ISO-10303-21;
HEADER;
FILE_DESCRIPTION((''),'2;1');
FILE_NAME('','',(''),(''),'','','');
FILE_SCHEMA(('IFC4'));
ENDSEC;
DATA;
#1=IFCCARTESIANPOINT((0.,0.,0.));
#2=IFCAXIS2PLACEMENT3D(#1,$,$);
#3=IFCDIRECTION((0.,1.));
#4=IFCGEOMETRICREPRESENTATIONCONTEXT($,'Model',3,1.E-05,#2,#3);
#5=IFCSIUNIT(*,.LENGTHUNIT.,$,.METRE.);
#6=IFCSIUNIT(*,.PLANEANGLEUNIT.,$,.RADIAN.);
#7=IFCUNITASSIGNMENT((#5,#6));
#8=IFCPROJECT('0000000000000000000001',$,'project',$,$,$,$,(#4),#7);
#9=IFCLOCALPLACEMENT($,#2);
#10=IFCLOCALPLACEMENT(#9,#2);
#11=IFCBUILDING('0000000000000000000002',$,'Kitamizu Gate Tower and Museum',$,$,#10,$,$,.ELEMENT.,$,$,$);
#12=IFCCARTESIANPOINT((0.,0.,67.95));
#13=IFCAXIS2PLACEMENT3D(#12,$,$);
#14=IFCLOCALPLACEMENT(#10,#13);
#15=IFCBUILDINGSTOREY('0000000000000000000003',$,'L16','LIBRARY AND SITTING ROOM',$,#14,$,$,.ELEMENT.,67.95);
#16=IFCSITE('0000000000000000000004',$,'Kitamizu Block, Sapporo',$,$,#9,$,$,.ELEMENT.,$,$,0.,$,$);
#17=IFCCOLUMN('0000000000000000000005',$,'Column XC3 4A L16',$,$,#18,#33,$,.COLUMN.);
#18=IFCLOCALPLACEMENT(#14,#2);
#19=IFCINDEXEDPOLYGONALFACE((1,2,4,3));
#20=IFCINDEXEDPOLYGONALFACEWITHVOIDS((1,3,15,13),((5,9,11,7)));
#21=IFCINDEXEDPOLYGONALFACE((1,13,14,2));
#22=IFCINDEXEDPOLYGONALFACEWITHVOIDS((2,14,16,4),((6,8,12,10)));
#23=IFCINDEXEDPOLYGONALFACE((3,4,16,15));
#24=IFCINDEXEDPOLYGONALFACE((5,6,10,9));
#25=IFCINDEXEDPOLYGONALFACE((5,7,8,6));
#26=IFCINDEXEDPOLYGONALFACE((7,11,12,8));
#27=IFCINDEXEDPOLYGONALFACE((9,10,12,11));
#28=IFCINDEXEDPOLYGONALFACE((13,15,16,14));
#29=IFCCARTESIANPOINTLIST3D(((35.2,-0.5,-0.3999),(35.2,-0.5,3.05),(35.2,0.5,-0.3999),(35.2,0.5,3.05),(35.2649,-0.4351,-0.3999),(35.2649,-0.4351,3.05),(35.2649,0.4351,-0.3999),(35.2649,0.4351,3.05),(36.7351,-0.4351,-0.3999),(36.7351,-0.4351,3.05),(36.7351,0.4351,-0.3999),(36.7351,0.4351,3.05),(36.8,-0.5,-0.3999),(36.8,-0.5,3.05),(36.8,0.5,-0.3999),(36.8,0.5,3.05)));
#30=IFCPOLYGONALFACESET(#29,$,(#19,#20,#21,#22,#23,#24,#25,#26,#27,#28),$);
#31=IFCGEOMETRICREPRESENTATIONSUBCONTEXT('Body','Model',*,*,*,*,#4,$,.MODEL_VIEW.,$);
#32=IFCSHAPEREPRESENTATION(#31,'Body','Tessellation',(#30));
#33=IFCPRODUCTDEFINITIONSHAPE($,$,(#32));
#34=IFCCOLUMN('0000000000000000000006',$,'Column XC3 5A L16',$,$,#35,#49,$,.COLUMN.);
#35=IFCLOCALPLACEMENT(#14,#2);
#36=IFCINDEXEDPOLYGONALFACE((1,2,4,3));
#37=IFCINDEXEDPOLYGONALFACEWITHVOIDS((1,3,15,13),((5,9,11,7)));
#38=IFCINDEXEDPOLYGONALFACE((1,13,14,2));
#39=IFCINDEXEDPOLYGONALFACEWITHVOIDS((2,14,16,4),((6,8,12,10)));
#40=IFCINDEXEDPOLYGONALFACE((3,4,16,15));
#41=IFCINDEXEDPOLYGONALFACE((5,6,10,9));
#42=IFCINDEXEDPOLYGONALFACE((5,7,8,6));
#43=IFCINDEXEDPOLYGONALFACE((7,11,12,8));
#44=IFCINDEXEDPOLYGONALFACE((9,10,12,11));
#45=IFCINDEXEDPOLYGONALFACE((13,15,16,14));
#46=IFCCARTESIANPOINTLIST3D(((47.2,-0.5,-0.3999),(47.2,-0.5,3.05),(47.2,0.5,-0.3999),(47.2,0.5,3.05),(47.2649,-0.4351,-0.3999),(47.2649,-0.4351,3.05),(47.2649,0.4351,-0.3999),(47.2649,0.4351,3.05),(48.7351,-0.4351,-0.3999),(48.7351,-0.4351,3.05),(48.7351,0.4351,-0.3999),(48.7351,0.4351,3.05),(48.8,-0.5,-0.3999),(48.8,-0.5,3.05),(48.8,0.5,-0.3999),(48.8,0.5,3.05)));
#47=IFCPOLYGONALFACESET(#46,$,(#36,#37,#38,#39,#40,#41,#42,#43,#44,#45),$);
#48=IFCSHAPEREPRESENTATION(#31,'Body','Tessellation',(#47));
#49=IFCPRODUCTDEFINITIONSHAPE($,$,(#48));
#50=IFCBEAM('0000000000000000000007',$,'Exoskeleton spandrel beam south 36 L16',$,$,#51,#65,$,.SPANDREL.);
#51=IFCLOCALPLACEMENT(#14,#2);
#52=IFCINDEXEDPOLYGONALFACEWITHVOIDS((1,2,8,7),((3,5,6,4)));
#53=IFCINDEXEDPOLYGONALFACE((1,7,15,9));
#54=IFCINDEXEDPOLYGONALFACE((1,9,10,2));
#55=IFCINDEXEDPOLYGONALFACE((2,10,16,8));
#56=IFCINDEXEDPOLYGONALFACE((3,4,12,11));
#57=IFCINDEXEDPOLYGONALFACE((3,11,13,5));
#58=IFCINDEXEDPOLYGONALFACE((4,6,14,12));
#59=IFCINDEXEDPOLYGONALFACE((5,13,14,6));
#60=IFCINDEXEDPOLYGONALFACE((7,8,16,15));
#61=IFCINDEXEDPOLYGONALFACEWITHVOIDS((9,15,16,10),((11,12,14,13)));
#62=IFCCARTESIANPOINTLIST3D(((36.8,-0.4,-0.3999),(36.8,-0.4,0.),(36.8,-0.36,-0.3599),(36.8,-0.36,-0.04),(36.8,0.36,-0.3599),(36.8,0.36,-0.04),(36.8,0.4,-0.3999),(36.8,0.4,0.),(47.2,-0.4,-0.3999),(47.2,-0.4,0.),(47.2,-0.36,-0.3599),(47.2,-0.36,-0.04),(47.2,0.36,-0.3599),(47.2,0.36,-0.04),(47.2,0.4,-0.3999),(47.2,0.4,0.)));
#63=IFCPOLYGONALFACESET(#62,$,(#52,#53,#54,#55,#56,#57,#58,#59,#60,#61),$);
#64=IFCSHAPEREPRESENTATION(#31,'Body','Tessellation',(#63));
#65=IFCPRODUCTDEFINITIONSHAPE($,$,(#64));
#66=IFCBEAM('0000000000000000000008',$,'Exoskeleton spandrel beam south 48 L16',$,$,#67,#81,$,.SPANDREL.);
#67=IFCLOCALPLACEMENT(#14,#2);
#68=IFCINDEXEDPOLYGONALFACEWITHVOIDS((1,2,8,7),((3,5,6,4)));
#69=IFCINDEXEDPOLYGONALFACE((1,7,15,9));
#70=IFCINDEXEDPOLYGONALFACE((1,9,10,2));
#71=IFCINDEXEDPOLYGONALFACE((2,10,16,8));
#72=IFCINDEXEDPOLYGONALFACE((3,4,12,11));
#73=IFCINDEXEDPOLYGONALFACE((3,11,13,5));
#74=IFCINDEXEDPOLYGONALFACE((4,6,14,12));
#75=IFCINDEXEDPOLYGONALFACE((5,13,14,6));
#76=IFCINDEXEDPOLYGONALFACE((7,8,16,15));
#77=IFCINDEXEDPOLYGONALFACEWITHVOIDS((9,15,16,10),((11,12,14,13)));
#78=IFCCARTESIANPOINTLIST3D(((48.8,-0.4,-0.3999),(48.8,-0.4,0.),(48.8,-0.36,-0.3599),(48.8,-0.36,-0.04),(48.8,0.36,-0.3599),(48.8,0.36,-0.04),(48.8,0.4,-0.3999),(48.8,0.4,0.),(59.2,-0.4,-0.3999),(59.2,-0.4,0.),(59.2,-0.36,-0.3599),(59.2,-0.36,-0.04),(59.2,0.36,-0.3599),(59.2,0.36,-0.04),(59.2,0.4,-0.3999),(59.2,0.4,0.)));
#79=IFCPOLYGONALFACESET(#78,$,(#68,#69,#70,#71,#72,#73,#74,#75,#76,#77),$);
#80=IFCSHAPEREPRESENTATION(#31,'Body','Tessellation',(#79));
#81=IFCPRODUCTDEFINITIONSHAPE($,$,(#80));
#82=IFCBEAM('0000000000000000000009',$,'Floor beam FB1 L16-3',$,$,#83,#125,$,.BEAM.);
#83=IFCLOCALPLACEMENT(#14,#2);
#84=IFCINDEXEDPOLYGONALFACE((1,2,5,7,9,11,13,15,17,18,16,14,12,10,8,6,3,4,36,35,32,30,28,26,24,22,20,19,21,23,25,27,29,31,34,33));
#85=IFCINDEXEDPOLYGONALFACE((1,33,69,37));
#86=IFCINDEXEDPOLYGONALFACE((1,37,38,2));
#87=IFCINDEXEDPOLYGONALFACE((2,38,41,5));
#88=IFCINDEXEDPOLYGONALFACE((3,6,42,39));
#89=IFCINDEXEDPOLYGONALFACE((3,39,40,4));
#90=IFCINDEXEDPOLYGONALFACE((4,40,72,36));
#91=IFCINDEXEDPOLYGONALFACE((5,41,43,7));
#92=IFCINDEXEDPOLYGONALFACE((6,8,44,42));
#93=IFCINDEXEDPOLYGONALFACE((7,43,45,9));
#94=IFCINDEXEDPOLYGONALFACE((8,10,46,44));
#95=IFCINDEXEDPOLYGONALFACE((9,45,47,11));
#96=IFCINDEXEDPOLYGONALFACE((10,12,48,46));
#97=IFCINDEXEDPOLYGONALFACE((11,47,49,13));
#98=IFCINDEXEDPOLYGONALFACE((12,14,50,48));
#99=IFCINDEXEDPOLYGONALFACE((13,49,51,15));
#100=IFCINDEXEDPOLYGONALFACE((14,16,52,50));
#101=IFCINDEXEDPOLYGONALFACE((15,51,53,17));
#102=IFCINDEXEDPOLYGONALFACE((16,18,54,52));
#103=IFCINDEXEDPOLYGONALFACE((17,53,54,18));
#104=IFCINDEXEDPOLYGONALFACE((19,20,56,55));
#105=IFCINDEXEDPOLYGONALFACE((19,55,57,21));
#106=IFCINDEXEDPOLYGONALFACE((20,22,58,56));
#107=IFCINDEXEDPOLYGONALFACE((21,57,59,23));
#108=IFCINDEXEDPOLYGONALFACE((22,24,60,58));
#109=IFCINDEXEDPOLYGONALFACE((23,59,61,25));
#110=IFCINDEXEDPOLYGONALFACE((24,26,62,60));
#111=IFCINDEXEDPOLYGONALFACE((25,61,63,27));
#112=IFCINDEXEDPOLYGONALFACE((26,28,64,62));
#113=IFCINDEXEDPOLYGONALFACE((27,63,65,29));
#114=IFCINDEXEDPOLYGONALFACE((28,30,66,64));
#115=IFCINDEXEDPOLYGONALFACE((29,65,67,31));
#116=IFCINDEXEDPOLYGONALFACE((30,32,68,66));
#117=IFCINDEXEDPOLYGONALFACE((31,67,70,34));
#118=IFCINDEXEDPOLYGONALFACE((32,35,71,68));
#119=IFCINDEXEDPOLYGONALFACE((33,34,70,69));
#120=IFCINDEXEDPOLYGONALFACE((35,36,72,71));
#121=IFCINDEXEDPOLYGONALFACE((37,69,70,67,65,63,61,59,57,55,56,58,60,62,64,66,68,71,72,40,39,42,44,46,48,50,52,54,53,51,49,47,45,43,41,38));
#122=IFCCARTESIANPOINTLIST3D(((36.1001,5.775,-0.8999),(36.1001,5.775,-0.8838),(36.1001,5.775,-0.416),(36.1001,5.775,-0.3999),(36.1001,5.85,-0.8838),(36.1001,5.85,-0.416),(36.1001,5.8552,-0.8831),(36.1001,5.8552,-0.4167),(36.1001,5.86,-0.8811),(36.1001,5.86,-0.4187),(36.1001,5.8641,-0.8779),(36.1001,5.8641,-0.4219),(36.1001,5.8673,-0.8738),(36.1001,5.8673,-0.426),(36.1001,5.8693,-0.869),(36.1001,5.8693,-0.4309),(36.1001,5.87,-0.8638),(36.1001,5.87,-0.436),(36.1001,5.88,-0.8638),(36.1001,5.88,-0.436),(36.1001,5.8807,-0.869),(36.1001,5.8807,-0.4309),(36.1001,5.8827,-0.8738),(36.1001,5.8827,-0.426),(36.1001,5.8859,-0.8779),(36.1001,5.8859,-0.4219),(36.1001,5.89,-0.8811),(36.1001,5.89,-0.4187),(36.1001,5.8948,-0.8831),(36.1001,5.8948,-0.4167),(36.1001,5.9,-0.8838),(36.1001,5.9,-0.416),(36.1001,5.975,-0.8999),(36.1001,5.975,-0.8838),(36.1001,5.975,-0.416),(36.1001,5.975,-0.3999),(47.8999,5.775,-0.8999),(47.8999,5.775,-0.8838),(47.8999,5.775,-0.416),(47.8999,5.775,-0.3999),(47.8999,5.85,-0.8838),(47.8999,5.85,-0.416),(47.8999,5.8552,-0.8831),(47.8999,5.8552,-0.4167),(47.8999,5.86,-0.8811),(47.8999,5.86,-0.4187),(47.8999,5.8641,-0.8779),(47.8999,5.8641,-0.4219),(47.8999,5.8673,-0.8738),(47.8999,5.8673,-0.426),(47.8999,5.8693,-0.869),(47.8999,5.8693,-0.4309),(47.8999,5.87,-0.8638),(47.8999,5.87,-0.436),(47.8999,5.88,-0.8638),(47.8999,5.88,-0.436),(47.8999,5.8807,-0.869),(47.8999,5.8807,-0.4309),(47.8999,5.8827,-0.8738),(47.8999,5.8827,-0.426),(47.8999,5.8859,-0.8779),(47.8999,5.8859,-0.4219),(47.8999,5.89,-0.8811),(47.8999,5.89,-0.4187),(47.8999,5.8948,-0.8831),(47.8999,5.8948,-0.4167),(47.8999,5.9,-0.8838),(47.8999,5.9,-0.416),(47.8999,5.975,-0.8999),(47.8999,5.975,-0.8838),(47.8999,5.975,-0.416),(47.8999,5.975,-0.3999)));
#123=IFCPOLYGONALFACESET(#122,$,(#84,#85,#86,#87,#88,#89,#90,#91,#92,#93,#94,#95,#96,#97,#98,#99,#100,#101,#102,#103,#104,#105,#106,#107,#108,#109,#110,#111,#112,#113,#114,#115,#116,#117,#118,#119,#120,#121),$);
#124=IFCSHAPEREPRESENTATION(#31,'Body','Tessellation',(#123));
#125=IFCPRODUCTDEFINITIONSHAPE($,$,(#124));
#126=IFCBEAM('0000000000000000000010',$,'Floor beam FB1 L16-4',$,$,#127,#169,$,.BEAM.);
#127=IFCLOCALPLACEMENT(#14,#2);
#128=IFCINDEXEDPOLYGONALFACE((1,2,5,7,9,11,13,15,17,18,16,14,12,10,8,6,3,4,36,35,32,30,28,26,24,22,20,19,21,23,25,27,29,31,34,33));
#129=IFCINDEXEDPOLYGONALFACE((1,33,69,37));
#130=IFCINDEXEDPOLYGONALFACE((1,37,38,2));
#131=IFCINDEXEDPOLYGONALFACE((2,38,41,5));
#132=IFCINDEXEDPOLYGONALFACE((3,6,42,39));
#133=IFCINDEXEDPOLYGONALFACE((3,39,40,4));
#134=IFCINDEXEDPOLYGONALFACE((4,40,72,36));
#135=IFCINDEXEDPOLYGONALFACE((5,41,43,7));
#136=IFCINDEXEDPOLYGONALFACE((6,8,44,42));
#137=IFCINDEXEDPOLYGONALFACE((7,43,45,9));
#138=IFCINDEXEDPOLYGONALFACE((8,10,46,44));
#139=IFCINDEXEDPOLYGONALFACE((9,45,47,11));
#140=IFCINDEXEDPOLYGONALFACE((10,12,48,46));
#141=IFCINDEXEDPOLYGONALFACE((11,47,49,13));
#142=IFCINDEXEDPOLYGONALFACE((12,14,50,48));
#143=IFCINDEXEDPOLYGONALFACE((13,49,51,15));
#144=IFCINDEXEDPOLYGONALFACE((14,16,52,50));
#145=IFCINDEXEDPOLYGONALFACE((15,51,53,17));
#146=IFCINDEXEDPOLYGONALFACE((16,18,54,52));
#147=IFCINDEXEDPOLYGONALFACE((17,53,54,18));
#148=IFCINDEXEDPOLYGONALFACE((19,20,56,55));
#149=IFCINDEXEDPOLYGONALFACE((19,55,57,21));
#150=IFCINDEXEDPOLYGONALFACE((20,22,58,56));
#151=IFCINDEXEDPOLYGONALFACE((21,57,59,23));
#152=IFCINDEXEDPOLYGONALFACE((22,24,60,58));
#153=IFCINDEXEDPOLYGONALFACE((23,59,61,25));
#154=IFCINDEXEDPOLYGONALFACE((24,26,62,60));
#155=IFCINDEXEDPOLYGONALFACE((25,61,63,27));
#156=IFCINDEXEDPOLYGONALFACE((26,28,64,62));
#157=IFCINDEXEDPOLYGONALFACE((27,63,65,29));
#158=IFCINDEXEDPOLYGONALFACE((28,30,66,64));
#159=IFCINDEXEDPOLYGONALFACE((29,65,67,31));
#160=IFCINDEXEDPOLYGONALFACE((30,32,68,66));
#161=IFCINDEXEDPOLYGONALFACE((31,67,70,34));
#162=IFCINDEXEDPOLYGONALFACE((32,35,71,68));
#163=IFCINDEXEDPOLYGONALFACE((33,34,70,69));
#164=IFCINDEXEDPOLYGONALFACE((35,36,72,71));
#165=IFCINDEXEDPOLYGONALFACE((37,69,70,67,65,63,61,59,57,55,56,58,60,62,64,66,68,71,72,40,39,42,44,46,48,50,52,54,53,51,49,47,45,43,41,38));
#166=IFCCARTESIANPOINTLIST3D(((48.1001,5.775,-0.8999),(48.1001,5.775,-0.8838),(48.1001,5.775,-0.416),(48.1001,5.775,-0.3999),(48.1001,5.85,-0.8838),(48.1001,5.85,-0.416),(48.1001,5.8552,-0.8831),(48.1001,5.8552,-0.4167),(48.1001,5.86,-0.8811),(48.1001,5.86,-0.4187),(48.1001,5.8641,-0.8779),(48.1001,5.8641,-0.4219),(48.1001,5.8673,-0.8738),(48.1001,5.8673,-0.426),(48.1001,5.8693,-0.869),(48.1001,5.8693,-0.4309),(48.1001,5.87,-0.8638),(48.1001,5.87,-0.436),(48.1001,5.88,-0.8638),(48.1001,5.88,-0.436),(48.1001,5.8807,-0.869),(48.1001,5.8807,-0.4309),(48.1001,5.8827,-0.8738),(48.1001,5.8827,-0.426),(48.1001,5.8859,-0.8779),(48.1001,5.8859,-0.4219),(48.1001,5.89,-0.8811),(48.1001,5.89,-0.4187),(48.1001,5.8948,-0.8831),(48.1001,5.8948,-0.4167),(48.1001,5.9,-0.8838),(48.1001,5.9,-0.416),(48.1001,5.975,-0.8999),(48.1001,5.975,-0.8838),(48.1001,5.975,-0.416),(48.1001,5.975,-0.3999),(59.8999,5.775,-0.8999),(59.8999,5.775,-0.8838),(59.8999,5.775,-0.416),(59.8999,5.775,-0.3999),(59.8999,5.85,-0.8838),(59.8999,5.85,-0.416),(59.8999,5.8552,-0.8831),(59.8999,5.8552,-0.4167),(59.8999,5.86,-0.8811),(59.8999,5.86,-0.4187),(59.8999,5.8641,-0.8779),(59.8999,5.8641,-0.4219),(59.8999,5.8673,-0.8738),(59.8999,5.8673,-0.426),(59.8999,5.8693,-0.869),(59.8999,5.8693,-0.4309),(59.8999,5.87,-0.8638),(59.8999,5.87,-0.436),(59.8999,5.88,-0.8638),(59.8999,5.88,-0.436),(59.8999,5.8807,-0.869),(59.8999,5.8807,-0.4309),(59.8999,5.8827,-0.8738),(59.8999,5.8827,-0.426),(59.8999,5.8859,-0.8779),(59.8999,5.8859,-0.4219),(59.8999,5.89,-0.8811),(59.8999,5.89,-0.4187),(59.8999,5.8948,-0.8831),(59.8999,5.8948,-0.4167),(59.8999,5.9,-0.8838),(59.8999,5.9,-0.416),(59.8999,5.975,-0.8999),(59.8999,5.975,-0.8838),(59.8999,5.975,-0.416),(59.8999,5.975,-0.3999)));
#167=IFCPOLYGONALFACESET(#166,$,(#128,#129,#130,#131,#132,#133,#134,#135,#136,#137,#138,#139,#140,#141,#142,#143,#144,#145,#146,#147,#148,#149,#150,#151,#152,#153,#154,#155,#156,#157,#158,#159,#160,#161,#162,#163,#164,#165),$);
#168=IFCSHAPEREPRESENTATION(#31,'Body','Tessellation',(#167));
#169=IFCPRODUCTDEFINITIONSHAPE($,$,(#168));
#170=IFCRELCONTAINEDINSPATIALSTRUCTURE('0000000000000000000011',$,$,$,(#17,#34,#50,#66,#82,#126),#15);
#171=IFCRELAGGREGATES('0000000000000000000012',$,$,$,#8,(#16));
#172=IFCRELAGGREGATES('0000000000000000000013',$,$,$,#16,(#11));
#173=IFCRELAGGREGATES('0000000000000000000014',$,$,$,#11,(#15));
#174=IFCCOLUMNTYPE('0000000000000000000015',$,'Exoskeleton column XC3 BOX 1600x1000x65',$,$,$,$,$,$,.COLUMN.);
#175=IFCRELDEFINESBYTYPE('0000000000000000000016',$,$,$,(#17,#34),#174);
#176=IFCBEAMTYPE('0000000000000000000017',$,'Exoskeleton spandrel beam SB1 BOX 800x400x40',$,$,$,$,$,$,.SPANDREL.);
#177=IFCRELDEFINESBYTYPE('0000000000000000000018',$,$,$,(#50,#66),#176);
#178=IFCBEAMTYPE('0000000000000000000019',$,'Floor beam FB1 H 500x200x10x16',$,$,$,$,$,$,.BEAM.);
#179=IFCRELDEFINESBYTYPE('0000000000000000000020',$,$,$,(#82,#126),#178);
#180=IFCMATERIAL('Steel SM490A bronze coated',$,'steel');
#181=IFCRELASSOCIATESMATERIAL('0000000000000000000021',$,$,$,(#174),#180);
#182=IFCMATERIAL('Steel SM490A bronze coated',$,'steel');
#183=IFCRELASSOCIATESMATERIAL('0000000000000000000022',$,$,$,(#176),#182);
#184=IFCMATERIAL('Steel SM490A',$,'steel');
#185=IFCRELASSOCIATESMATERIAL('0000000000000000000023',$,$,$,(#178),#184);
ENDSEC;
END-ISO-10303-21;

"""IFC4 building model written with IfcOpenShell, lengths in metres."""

from ifc_helpers import new_model, si_unit, direction, frame, origin, origin_2d, place, context, subcontext, project, spatial, hollow_rectangle, i_section, extrude, material, material_profile, profile_set, type_object, element, save


model = new_model("IFC4")

# Units and contexts
model_context = context("Model", 3, precision=1e-05, world=origin(), true_north=direction((0.0, 1.0)))
body_context = subcontext(model_context, "Body", "Model", "MODEL_VIEW")
ifc_project = project(units=[si_unit("LENGTHUNIT", "METRE"), si_unit("PLANEANGLEUNIT", "RADIAN")], contexts=[model_context])

# Site, building, storey
site_placement = place(None, origin())
site = spatial("IfcSite", under=ifc_project, at=site_placement, Name="Kitamizu Block, Sapporo", CompositionType="ELEMENT", RefElevation=0.0)
building_placement = place(site_placement, origin())
building = spatial("IfcBuilding", under=site, at=building_placement, Name="Kitamizu Gate Tower and Museum", CompositionType="ELEMENT")
storey_placement = place(building_placement, frame((0.0, 0.0, 67.95)))
storey = spatial("IfcBuildingStorey", under=building, at=storey_placement, Name="L16", Description="LIBRARY AND SITTING ROOM", CompositionType="ELEMENT", Elevation=67.95)

# Columns
ifc_material_1 = material(Name="Steel SM490A bronze coated", Category="steel")
ifc_material_profile_1 = material_profile(ifc_material_1, hollow_rectangle(XDim=1.6001, YDim=1.0, WallThickness=0.0649, at=origin_2d()), Name="BOX 1600x1000x65")
ifc_profile_set_1 = profile_set([ifc_material_profile_1], Name="Steel SM490A bronze coated")
column_type = type_object("IfcColumnType", Name="Exoskeleton column XC3 BOX 1600x1000x65", PredefinedType="COLUMN", material=ifc_profile_set_1)
for number, where, z_axis, x_axis, name in (
    (1, (36.0, 0.0, -0.3999), (0.0, 0.0, 1.0), (1.0, 0.0, 0.0), "Column XC3 4A L16"),
    (2, (48.0, 0.0, -0.3999), (0.0, 0.0, 1.0), (1.0, 0.0, 0.0), "Column XC3 5A L16"),
):
    element("IfcColumn", number, at=place(storey_placement, frame(where, z_axis=z_axis, x_axis=x_axis)), inside=storey, type_object=column_type, Name=name, PredefinedType="COLUMN", context=body_context, shape_type="SweptSolid", body=[
        extrude(hollow_rectangle(XDim=1.6001, YDim=1.0, WallThickness=0.0649, at=origin_2d()), origin(), (0.0, 0.0, 1.0), 3.45),
    ])

# Beams
ifc_material_2 = material(Name="Steel SM490A bronze coated", Category="steel")
ifc_material_profile_2 = material_profile(ifc_material_2, hollow_rectangle(XDim=0.8, YDim=0.3999, WallThickness=0.04, at=origin_2d()), Name="BOX 800x400x40")
ifc_profile_set_2 = profile_set([ifc_material_profile_2], Name="Steel SM490A bronze coated")
beam_type_1 = type_object("IfcBeamType", Name="Exoskeleton spandrel beam SB1 BOX 800x400x40", PredefinedType="SPANDREL", material=ifc_profile_set_2)
for number, where, z_axis, x_axis, name in (
    (3, (36.8, 0.0, -0.2), (1.0, 0.0, 0.0), (0.0, 1.0, 0.0), "Exoskeleton spandrel beam south 36 L16"),
    (4, (48.8, 0.0, -0.2), (1.0, 0.0, 0.0), (0.0, 1.0, 0.0), "Exoskeleton spandrel beam south 48 L16"),
):
    element("IfcBeam", number, at=place(storey_placement, frame(where, z_axis=z_axis, x_axis=x_axis)), inside=storey, type_object=beam_type_1, Name=name, PredefinedType="SPANDREL", context=body_context, shape_type="SweptSolid", body=[
        extrude(hollow_rectangle(XDim=0.8, YDim=0.3999, WallThickness=0.04, at=origin_2d()), origin(), (0.0, 0.0, 1.0), 10.3999),
    ])
ifc_material_3 = material(Name="Steel SM490A", Category="steel")
ifc_material_profile_3 = material_profile(ifc_material_3, i_section(OverallWidth=0.2, OverallDepth=0.5, WebThickness=0.01, FlangeThickness=0.0161, FilletRadius=0.02, at=origin_2d()), Name="H-500x200x10x16")
ifc_profile_set_3 = profile_set([ifc_material_profile_3], Name="Steel SM490A")
beam_type_2 = type_object("IfcBeamType", Name="Floor beam FB1 H 500x200x10x16", PredefinedType="BEAM", material=ifc_profile_set_3)
for number, where, z_axis, x_axis, name in (
    (5, (36.1001, 5.875, -0.6499), (1.0, 0.0, 0.0), (0.0, 1.0, 0.0), "Floor beam FB1 L16-3"),
    (6, (48.1001, 5.875, -0.6499), (1.0, 0.0, 0.0), (0.0, 1.0, 0.0), "Floor beam FB1 L16-4"),
):
    element("IfcBeam", number, at=place(storey_placement, frame(where, z_axis=z_axis, x_axis=x_axis)), inside=storey, type_object=beam_type_2, Name=name, PredefinedType="BEAM", context=body_context, shape_type="SweptSolid", body=[
        extrude(i_section(OverallWidth=0.2, OverallDepth=0.5, WebThickness=0.01, FlangeThickness=0.0161, FilletRadius=0.02, at=origin_2d()), origin(), (0.0, 0.0, 1.0), 11.7998),
    ])

save(model, "model.ifc")
